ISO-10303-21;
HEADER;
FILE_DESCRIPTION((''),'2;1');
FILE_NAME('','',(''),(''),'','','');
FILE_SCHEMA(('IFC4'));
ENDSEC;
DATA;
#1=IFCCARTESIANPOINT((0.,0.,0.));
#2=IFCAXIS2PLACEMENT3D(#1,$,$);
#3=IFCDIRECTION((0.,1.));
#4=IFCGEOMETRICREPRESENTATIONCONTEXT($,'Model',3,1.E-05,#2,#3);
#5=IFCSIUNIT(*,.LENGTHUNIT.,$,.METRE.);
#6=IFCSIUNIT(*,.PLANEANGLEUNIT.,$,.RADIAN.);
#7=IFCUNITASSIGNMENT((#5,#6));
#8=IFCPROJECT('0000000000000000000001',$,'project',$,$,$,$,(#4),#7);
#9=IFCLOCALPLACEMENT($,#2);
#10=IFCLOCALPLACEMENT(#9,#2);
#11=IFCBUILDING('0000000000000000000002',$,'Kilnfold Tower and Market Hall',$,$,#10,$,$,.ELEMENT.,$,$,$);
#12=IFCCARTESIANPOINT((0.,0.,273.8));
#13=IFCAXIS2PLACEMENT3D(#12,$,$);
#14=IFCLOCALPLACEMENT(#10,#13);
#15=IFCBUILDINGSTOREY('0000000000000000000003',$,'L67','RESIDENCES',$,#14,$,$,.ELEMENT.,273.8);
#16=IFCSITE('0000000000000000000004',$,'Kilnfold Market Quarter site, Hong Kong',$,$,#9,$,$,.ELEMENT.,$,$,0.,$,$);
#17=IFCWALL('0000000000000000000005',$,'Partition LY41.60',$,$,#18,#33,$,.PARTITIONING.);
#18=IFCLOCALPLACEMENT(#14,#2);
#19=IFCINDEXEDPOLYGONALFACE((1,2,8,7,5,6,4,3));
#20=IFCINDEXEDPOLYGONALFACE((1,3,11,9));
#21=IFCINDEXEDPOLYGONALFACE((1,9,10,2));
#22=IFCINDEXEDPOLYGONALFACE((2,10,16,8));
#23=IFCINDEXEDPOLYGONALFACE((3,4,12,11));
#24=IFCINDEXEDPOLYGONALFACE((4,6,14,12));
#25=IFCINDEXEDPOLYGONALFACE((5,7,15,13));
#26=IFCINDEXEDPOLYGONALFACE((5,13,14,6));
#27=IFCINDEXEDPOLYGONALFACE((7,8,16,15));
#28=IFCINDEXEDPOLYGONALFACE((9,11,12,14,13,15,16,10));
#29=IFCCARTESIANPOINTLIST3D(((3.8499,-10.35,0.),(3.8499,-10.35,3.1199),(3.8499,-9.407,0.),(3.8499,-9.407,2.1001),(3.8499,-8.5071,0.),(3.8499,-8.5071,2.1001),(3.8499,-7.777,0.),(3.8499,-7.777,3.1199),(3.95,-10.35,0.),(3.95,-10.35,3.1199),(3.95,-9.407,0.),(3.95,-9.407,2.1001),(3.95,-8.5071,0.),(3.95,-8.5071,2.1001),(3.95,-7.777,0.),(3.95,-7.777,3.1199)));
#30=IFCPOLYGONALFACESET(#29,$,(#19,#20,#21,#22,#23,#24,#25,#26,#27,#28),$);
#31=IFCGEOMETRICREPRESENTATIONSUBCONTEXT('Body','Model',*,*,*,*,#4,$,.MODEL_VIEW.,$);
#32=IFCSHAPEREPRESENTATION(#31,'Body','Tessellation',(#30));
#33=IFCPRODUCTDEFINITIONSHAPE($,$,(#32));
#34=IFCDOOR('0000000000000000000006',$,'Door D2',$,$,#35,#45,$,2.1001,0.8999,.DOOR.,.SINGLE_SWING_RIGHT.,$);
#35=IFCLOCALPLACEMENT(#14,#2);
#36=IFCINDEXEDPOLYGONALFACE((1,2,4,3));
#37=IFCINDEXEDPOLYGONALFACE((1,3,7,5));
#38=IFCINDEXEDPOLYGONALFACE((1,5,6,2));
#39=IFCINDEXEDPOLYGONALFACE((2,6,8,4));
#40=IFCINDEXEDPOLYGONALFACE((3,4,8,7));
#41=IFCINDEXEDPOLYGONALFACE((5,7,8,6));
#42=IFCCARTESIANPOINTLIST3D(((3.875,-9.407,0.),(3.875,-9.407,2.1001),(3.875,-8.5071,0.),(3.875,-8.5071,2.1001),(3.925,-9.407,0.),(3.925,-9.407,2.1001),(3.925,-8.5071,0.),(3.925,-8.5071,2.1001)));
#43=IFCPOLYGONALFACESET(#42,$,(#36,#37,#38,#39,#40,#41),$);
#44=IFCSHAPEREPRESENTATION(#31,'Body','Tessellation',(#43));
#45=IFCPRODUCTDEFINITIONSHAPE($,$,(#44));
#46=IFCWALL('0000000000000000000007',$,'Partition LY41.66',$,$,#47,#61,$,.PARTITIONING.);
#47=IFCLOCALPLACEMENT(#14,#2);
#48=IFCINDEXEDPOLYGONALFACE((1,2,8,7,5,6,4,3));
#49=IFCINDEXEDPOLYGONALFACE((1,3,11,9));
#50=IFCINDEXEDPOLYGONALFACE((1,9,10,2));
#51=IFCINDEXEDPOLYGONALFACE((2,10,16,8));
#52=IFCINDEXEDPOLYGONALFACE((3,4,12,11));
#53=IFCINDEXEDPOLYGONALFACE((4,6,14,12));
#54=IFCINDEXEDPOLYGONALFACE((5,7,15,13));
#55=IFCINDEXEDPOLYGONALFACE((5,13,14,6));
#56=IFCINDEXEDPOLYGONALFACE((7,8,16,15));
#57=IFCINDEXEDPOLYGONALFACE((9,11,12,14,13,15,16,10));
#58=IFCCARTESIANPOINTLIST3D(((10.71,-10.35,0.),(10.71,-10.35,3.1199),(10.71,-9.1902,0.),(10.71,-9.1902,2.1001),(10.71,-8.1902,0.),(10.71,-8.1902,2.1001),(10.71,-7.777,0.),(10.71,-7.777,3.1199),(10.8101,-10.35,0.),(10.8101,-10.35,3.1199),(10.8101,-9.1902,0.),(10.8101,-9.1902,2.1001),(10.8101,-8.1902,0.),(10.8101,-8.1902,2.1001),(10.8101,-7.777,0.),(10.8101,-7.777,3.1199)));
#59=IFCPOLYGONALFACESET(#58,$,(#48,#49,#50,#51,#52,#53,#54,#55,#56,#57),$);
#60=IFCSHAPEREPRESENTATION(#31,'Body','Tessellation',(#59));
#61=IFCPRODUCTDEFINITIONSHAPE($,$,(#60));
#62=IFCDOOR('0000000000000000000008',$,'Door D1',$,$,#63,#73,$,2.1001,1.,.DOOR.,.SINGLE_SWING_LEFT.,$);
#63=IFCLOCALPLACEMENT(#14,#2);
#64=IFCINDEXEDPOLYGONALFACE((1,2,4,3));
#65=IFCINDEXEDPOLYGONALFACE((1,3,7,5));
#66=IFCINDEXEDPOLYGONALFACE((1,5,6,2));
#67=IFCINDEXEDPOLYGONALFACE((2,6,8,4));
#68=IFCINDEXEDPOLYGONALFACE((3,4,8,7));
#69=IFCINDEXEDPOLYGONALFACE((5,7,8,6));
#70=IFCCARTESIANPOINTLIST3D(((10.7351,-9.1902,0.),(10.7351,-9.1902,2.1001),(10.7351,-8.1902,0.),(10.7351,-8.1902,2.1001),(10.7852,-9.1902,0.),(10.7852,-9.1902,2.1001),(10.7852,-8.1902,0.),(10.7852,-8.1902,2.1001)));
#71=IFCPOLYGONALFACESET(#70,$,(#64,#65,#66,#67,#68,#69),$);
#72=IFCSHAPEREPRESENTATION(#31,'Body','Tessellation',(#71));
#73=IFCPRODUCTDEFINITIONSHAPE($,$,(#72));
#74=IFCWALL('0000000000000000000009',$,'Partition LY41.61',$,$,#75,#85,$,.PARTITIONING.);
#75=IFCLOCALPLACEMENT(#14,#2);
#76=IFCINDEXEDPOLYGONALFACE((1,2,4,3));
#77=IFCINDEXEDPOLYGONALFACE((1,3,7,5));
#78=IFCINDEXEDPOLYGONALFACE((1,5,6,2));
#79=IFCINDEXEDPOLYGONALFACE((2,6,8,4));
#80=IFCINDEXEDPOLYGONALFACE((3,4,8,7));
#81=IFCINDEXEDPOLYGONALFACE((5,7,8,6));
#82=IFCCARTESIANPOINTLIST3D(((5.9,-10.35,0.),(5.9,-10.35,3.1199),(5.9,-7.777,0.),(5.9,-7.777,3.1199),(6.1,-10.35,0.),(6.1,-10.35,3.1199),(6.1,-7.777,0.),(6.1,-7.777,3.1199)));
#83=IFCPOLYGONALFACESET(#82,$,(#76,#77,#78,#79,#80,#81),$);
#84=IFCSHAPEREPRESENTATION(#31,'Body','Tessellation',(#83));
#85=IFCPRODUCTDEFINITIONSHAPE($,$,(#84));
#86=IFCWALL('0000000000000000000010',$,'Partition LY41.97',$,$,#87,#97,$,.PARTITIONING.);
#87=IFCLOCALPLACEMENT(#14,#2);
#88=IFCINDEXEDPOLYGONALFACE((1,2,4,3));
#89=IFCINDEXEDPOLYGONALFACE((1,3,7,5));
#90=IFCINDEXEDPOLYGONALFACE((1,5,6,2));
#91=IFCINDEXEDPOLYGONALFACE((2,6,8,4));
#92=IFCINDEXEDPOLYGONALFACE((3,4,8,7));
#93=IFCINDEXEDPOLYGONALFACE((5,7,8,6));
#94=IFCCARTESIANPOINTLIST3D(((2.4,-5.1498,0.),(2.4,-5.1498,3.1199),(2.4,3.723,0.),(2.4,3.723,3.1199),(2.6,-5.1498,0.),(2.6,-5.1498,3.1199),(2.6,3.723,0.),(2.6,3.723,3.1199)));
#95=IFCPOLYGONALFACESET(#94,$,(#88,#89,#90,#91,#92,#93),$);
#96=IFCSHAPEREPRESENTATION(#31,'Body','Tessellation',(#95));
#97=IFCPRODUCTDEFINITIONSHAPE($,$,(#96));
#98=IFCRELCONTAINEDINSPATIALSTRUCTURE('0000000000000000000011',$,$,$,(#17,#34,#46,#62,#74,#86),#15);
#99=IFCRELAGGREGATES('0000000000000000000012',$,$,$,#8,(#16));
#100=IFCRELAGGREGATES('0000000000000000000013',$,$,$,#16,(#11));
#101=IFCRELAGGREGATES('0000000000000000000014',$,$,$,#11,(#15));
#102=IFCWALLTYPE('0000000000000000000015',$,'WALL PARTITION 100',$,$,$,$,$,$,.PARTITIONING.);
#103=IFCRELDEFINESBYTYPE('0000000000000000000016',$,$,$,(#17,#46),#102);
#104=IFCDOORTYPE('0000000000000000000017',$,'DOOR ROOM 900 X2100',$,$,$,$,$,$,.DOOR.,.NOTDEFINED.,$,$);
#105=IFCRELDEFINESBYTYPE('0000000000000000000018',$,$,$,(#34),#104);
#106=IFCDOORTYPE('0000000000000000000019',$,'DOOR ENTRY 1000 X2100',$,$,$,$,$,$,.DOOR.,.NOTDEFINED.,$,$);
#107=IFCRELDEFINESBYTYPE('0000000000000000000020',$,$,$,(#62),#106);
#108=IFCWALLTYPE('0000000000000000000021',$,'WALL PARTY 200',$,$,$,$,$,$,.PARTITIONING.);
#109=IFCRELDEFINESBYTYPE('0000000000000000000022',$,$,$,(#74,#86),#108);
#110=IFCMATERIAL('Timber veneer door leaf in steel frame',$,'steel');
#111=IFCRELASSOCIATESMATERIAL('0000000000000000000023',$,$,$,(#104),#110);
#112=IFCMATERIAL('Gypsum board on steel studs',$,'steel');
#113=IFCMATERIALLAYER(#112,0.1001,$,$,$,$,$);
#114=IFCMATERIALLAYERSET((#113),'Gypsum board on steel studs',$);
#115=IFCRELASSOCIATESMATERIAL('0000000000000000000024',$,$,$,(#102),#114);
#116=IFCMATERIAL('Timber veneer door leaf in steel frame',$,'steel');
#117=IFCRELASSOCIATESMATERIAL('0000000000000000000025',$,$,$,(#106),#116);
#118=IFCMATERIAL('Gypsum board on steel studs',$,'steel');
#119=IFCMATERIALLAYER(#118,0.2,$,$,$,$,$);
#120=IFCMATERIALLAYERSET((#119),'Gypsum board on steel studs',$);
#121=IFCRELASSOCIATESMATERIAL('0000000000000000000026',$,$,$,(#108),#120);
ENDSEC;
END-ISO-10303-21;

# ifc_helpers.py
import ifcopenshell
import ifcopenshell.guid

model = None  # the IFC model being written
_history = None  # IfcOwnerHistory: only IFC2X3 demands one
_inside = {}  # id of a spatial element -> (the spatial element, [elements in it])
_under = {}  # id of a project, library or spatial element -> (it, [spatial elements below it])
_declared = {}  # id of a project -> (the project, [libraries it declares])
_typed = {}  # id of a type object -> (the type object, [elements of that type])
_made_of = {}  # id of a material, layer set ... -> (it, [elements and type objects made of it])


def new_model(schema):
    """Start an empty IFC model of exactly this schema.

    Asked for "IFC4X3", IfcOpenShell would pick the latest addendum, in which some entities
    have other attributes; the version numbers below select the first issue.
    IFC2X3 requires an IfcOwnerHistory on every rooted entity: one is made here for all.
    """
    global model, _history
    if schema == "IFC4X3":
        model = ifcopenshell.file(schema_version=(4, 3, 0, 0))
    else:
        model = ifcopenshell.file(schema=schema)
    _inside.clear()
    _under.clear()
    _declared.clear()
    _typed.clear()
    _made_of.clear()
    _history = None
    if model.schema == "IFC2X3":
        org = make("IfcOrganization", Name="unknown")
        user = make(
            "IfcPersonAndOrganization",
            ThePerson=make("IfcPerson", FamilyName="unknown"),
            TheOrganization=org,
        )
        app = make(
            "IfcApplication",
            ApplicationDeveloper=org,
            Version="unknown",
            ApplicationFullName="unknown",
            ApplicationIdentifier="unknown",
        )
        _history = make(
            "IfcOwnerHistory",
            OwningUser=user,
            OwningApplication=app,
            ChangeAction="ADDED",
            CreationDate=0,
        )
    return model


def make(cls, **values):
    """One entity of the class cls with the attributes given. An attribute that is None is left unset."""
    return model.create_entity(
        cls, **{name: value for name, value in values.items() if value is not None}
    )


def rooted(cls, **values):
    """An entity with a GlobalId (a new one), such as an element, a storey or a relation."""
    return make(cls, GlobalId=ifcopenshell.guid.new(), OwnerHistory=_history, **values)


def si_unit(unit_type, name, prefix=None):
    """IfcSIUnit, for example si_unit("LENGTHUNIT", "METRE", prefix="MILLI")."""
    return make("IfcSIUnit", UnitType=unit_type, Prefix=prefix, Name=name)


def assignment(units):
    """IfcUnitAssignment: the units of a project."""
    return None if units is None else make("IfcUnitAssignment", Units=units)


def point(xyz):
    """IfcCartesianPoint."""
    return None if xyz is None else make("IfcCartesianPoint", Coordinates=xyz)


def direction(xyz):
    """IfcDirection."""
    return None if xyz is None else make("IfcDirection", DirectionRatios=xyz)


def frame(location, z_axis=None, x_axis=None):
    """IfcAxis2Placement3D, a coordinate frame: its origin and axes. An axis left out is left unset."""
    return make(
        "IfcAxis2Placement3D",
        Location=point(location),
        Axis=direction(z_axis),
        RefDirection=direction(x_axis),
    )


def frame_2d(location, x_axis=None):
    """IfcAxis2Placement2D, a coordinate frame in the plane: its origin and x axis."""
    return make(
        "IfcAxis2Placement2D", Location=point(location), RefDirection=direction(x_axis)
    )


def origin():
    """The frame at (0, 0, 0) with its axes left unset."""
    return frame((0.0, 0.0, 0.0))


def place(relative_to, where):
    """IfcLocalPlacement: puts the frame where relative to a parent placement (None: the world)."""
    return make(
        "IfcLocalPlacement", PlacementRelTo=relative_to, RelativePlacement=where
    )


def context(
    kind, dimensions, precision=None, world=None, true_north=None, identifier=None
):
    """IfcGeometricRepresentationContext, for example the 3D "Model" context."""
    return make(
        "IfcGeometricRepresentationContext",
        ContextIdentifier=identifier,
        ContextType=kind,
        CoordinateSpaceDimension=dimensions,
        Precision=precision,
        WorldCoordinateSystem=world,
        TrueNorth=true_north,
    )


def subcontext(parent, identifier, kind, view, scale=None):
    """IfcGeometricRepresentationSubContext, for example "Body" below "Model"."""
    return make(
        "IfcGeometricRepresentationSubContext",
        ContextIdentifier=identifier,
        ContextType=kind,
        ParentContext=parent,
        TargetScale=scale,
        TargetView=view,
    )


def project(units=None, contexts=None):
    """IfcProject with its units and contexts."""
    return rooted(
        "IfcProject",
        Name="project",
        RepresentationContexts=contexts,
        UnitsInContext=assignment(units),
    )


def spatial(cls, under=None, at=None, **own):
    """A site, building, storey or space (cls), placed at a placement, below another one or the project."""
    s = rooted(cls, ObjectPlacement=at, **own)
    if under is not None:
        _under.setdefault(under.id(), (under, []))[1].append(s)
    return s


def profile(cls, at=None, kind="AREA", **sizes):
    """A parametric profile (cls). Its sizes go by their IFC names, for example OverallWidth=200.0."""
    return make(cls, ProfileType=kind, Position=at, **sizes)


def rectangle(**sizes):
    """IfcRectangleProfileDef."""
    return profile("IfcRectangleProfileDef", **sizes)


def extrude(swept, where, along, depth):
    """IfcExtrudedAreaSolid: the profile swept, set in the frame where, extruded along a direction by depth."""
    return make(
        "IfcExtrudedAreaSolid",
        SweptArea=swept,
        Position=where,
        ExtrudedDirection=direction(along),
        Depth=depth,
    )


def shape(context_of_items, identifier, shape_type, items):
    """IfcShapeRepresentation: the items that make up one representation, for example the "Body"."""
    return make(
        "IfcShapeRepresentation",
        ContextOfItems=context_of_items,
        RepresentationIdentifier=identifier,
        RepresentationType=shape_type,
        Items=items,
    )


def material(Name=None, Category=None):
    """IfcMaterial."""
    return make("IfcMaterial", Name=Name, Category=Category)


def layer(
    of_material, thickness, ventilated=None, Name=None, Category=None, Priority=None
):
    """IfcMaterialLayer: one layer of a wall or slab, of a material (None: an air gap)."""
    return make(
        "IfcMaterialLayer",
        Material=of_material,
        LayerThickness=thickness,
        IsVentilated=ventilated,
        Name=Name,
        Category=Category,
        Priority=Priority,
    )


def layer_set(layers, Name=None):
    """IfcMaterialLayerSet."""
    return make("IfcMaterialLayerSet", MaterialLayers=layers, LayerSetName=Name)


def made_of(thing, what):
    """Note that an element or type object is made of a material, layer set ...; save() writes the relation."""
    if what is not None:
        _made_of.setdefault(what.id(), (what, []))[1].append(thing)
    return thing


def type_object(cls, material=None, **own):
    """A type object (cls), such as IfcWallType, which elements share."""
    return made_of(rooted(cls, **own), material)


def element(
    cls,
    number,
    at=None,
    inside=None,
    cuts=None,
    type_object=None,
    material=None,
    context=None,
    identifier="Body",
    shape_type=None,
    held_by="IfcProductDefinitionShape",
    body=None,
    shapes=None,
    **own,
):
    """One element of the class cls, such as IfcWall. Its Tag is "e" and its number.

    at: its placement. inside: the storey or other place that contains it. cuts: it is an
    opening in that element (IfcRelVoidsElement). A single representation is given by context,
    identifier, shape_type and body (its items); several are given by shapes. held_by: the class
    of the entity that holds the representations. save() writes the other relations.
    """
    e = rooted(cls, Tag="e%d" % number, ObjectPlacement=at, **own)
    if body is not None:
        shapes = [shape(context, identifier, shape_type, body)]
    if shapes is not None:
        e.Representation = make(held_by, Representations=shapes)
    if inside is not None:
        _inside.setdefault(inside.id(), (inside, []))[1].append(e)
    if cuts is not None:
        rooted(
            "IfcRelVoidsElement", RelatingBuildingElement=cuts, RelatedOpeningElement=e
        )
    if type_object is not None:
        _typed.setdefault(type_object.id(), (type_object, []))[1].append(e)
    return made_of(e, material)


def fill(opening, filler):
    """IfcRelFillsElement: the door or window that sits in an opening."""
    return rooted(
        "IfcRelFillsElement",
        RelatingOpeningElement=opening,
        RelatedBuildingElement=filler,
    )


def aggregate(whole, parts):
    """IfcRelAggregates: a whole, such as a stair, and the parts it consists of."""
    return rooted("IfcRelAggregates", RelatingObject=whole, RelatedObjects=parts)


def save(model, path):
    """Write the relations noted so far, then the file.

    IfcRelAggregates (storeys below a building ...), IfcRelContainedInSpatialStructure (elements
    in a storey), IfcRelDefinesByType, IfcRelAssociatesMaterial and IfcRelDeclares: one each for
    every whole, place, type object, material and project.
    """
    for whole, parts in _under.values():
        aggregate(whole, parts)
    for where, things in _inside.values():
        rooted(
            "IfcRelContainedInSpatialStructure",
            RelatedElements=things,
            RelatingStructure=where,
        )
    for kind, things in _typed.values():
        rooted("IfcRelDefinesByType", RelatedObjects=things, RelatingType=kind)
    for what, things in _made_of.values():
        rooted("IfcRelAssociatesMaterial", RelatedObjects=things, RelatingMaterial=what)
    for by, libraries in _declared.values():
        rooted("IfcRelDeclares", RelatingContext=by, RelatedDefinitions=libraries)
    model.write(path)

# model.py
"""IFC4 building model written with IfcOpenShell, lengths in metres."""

from ifc_helpers import new_model, si_unit, direction, frame, frame_2d, origin, place, context, subcontext, project, spatial, rectangle, extrude, material, layer, layer_set, type_object, element, fill, save


model = new_model("IFC4")

# Units and contexts
model_context = context("Model", 3, precision=1e-05, world=origin(), true_north=direction((0.0, 1.0)))
body_context = subcontext(model_context, "Body", "Model", "MODEL_VIEW")
ifc_project = project(units=[si_unit("LENGTHUNIT", "METRE"), si_unit("PLANEANGLEUNIT", "RADIAN")], contexts=[model_context])

# Site, building, storey
site_placement = place(None, origin())
site = spatial("IfcSite", under=ifc_project, at=site_placement, Name="Kilnfold Market Quarter site, Hong Kong", CompositionType="ELEMENT", RefElevation=0.0)
building_placement = place(site_placement, origin())
building = spatial("IfcBuilding", under=site, at=building_placement, Name="Kilnfold Tower and Market Hall", CompositionType="ELEMENT")
storey_placement = place(building_placement, frame((0.0, 0.0, 273.8)))
storey = spatial("IfcBuildingStorey", under=building, at=storey_placement, Name="L67", Description="RESIDENCES", CompositionType="ELEMENT", Elevation=273.8)

# Walls, openings, doors
ifc_material_1 = material(Name="Timber veneer door leaf in steel frame", Category="steel")
door_type_1 = type_object("IfcDoorType", Name="DOOR ROOM 900 X2100", OperationType="NOTDEFINED", PredefinedType="DOOR", material=ifc_material_1)
ifc_material_2 = material(Name="Gypsum board on steel studs", Category="steel")
ifc_layer_1 = layer(ifc_material_2, 0.1001)
ifc_layer_set_1 = layer_set([ifc_layer_1], Name="Gypsum board on steel studs")
wall_type_1 = type_object("IfcWallType", Name="WALL PARTITION 100", PredefinedType="PARTITIONING", material=ifc_layer_set_1)
wall_1_placement = place(storey_placement, frame((3.8999, -10.3501, 0.0), z_axis=(0.0, 0.0, 1.0), x_axis=(0.0, 1.0, 0.0)))
wall_1 = element("IfcWall", 1, at=wall_1_placement, inside=storey, type_object=wall_type_1, Name="Partition LY41.60", PredefinedType="PARTITIONING", context=body_context, shape_type="SweptSolid", body=[
    extrude(rectangle(XDim=2.573, YDim=0.1001, at=frame_2d((1.2866, 0.0))), origin(), (0.0, 0.0, 1.0), 3.1199),
])
opening_1_placement = place(wall_1_placement, frame((0.9431, 0.0, 0.0)))
opening_1 = element("IfcOpeningElement", 2, at=opening_1_placement, cuts=wall_1, PredefinedType="OPENING", context=body_context, shape_type="SweptSolid", body=[
    extrude(rectangle(XDim=0.8999, YDim=2.1001, at=frame_2d((0.45, 1.05))), frame((0.0, 0.0601, 0.0), z_axis=(0.0, -1.0, 0.0), x_axis=(1.0, 0.0, 0.0)), (0.0, 0.0, 1.0), 0.1201),
])
door_1_placement = place(opening_1_placement, origin())
door_1 = element("IfcDoor", 3, at=door_1_placement, inside=storey, type_object=door_type_1, Name="Door D2", OperationType="SINGLE_SWING_RIGHT", OverallHeight=2.1001, OverallWidth=0.8999, PredefinedType="DOOR", context=body_context, shape_type="SweptSolid", body=[
    extrude(rectangle(XDim=0.8999, YDim=2.1001, at=frame_2d((0.45, 1.05))), frame((0.0, 0.0249, 0.0), z_axis=(0.0, -1.0, 0.0), x_axis=(1.0, 0.0, 0.0)), (0.0, 0.0, 1.0), 0.05),
])
fill(opening_1, door_1)
wall_2_placement = place(storey_placement, frame((10.76, -10.3501, 0.0), z_axis=(0.0, 0.0, 1.0), x_axis=(0.0, 1.0, 0.0)))
wall_2 = element("IfcWall", 4, at=wall_2_placement, inside=storey, type_object=wall_type_1, Name="Partition LY41.66", PredefinedType="PARTITIONING", context=body_context, shape_type="SweptSolid", body=[
    extrude(rectangle(XDim=2.573, YDim=0.1001, at=frame_2d((1.2866, 0.0))), origin(), (0.0, 0.0, 1.0), 3.1199),
])
opening_2_placement = place(wall_2_placement, frame((1.1599, 0.0, 0.0)))
opening_2 = element("IfcOpeningElement", 5, at=opening_2_placement, cuts=wall_2, PredefinedType="OPENING", context=body_context, shape_type="SweptSolid", body=[
    extrude(rectangle(XDim=1.0, YDim=2.1001, at=frame_2d((0.5, 1.05))), frame((0.0, 0.0601, 0.0), z_axis=(0.0, -1.0, 0.0), x_axis=(1.0, 0.0, 0.0)), (0.0, 0.0, 1.0), 0.1201),
])
ifc_material_3 = material(Name="Timber veneer door leaf in steel frame", Category="steel")
door_type_2 = type_object("IfcDoorType", Name="DOOR ENTRY 1000 X2100", OperationType="NOTDEFINED", PredefinedType="DOOR", material=ifc_material_3)
door_2_placement = place(opening_2_placement, origin())
door_2 = element("IfcDoor", 6, at=door_2_placement, inside=storey, type_object=door_type_2, Name="Door D1", OperationType="SINGLE_SWING_LEFT", OverallHeight=2.1001, OverallWidth=1.0, PredefinedType="DOOR", context=body_context, shape_type="SweptSolid", body=[
    extrude(rectangle(XDim=1.0, YDim=2.1001, at=frame_2d((0.5, 1.05))), frame((0.0, 0.0249, 0.0), z_axis=(0.0, -1.0, 0.0), x_axis=(1.0, 0.0, 0.0)), (0.0, 0.0, 1.0), 0.05),
])
fill(opening_2, door_2)

# Walls
ifc_material_4 = material(Name="Gypsum board on steel studs", Category="steel")
ifc_layer_2 = layer(ifc_material_4, 0.2)
ifc_layer_set_2 = layer_set([ifc_layer_2], Name="Gypsum board on steel studs")
wall_type_2 = type_object("IfcWallType", Name="WALL PARTY 200", PredefinedType="PARTITIONING", material=ifc_layer_set_2)
wall_3_placement = place(storey_placement, frame((6.0, -10.3501, 0.0), z_axis=(0.0, 0.0, 1.0), x_axis=(0.0, 1.0, 0.0)))
element("IfcWall", 7, at=wall_3_placement, inside=storey, type_object=wall_type_2, Name="Partition LY41.61", PredefinedType="PARTITIONING", context=body_context, shape_type="SweptSolid", body=[
    extrude(rectangle(XDim=2.573, YDim=0.2, at=frame_2d((1.2866, 0.0))), origin(), (0.0, 0.0, 1.0), 3.1199),
])
wall_4_placement = place(storey_placement, frame((2.5, -5.1499, 0.0), z_axis=(0.0, 0.0, 1.0), x_axis=(0.0, 1.0, 0.0)))
element("IfcWall", 8, at=wall_4_placement, inside=storey, type_object=wall_type_2, Name="Partition LY41.97", PredefinedType="PARTITIONING", context=body_context, shape_type="SweptSolid", body=[
    extrude(rectangle(XDim=8.8728, YDim=0.2, at=frame_2d((4.4365, 0.0))), origin(), (0.0, 0.0, 1.0), 3.1199),
])

save(model, "model.ifc")
